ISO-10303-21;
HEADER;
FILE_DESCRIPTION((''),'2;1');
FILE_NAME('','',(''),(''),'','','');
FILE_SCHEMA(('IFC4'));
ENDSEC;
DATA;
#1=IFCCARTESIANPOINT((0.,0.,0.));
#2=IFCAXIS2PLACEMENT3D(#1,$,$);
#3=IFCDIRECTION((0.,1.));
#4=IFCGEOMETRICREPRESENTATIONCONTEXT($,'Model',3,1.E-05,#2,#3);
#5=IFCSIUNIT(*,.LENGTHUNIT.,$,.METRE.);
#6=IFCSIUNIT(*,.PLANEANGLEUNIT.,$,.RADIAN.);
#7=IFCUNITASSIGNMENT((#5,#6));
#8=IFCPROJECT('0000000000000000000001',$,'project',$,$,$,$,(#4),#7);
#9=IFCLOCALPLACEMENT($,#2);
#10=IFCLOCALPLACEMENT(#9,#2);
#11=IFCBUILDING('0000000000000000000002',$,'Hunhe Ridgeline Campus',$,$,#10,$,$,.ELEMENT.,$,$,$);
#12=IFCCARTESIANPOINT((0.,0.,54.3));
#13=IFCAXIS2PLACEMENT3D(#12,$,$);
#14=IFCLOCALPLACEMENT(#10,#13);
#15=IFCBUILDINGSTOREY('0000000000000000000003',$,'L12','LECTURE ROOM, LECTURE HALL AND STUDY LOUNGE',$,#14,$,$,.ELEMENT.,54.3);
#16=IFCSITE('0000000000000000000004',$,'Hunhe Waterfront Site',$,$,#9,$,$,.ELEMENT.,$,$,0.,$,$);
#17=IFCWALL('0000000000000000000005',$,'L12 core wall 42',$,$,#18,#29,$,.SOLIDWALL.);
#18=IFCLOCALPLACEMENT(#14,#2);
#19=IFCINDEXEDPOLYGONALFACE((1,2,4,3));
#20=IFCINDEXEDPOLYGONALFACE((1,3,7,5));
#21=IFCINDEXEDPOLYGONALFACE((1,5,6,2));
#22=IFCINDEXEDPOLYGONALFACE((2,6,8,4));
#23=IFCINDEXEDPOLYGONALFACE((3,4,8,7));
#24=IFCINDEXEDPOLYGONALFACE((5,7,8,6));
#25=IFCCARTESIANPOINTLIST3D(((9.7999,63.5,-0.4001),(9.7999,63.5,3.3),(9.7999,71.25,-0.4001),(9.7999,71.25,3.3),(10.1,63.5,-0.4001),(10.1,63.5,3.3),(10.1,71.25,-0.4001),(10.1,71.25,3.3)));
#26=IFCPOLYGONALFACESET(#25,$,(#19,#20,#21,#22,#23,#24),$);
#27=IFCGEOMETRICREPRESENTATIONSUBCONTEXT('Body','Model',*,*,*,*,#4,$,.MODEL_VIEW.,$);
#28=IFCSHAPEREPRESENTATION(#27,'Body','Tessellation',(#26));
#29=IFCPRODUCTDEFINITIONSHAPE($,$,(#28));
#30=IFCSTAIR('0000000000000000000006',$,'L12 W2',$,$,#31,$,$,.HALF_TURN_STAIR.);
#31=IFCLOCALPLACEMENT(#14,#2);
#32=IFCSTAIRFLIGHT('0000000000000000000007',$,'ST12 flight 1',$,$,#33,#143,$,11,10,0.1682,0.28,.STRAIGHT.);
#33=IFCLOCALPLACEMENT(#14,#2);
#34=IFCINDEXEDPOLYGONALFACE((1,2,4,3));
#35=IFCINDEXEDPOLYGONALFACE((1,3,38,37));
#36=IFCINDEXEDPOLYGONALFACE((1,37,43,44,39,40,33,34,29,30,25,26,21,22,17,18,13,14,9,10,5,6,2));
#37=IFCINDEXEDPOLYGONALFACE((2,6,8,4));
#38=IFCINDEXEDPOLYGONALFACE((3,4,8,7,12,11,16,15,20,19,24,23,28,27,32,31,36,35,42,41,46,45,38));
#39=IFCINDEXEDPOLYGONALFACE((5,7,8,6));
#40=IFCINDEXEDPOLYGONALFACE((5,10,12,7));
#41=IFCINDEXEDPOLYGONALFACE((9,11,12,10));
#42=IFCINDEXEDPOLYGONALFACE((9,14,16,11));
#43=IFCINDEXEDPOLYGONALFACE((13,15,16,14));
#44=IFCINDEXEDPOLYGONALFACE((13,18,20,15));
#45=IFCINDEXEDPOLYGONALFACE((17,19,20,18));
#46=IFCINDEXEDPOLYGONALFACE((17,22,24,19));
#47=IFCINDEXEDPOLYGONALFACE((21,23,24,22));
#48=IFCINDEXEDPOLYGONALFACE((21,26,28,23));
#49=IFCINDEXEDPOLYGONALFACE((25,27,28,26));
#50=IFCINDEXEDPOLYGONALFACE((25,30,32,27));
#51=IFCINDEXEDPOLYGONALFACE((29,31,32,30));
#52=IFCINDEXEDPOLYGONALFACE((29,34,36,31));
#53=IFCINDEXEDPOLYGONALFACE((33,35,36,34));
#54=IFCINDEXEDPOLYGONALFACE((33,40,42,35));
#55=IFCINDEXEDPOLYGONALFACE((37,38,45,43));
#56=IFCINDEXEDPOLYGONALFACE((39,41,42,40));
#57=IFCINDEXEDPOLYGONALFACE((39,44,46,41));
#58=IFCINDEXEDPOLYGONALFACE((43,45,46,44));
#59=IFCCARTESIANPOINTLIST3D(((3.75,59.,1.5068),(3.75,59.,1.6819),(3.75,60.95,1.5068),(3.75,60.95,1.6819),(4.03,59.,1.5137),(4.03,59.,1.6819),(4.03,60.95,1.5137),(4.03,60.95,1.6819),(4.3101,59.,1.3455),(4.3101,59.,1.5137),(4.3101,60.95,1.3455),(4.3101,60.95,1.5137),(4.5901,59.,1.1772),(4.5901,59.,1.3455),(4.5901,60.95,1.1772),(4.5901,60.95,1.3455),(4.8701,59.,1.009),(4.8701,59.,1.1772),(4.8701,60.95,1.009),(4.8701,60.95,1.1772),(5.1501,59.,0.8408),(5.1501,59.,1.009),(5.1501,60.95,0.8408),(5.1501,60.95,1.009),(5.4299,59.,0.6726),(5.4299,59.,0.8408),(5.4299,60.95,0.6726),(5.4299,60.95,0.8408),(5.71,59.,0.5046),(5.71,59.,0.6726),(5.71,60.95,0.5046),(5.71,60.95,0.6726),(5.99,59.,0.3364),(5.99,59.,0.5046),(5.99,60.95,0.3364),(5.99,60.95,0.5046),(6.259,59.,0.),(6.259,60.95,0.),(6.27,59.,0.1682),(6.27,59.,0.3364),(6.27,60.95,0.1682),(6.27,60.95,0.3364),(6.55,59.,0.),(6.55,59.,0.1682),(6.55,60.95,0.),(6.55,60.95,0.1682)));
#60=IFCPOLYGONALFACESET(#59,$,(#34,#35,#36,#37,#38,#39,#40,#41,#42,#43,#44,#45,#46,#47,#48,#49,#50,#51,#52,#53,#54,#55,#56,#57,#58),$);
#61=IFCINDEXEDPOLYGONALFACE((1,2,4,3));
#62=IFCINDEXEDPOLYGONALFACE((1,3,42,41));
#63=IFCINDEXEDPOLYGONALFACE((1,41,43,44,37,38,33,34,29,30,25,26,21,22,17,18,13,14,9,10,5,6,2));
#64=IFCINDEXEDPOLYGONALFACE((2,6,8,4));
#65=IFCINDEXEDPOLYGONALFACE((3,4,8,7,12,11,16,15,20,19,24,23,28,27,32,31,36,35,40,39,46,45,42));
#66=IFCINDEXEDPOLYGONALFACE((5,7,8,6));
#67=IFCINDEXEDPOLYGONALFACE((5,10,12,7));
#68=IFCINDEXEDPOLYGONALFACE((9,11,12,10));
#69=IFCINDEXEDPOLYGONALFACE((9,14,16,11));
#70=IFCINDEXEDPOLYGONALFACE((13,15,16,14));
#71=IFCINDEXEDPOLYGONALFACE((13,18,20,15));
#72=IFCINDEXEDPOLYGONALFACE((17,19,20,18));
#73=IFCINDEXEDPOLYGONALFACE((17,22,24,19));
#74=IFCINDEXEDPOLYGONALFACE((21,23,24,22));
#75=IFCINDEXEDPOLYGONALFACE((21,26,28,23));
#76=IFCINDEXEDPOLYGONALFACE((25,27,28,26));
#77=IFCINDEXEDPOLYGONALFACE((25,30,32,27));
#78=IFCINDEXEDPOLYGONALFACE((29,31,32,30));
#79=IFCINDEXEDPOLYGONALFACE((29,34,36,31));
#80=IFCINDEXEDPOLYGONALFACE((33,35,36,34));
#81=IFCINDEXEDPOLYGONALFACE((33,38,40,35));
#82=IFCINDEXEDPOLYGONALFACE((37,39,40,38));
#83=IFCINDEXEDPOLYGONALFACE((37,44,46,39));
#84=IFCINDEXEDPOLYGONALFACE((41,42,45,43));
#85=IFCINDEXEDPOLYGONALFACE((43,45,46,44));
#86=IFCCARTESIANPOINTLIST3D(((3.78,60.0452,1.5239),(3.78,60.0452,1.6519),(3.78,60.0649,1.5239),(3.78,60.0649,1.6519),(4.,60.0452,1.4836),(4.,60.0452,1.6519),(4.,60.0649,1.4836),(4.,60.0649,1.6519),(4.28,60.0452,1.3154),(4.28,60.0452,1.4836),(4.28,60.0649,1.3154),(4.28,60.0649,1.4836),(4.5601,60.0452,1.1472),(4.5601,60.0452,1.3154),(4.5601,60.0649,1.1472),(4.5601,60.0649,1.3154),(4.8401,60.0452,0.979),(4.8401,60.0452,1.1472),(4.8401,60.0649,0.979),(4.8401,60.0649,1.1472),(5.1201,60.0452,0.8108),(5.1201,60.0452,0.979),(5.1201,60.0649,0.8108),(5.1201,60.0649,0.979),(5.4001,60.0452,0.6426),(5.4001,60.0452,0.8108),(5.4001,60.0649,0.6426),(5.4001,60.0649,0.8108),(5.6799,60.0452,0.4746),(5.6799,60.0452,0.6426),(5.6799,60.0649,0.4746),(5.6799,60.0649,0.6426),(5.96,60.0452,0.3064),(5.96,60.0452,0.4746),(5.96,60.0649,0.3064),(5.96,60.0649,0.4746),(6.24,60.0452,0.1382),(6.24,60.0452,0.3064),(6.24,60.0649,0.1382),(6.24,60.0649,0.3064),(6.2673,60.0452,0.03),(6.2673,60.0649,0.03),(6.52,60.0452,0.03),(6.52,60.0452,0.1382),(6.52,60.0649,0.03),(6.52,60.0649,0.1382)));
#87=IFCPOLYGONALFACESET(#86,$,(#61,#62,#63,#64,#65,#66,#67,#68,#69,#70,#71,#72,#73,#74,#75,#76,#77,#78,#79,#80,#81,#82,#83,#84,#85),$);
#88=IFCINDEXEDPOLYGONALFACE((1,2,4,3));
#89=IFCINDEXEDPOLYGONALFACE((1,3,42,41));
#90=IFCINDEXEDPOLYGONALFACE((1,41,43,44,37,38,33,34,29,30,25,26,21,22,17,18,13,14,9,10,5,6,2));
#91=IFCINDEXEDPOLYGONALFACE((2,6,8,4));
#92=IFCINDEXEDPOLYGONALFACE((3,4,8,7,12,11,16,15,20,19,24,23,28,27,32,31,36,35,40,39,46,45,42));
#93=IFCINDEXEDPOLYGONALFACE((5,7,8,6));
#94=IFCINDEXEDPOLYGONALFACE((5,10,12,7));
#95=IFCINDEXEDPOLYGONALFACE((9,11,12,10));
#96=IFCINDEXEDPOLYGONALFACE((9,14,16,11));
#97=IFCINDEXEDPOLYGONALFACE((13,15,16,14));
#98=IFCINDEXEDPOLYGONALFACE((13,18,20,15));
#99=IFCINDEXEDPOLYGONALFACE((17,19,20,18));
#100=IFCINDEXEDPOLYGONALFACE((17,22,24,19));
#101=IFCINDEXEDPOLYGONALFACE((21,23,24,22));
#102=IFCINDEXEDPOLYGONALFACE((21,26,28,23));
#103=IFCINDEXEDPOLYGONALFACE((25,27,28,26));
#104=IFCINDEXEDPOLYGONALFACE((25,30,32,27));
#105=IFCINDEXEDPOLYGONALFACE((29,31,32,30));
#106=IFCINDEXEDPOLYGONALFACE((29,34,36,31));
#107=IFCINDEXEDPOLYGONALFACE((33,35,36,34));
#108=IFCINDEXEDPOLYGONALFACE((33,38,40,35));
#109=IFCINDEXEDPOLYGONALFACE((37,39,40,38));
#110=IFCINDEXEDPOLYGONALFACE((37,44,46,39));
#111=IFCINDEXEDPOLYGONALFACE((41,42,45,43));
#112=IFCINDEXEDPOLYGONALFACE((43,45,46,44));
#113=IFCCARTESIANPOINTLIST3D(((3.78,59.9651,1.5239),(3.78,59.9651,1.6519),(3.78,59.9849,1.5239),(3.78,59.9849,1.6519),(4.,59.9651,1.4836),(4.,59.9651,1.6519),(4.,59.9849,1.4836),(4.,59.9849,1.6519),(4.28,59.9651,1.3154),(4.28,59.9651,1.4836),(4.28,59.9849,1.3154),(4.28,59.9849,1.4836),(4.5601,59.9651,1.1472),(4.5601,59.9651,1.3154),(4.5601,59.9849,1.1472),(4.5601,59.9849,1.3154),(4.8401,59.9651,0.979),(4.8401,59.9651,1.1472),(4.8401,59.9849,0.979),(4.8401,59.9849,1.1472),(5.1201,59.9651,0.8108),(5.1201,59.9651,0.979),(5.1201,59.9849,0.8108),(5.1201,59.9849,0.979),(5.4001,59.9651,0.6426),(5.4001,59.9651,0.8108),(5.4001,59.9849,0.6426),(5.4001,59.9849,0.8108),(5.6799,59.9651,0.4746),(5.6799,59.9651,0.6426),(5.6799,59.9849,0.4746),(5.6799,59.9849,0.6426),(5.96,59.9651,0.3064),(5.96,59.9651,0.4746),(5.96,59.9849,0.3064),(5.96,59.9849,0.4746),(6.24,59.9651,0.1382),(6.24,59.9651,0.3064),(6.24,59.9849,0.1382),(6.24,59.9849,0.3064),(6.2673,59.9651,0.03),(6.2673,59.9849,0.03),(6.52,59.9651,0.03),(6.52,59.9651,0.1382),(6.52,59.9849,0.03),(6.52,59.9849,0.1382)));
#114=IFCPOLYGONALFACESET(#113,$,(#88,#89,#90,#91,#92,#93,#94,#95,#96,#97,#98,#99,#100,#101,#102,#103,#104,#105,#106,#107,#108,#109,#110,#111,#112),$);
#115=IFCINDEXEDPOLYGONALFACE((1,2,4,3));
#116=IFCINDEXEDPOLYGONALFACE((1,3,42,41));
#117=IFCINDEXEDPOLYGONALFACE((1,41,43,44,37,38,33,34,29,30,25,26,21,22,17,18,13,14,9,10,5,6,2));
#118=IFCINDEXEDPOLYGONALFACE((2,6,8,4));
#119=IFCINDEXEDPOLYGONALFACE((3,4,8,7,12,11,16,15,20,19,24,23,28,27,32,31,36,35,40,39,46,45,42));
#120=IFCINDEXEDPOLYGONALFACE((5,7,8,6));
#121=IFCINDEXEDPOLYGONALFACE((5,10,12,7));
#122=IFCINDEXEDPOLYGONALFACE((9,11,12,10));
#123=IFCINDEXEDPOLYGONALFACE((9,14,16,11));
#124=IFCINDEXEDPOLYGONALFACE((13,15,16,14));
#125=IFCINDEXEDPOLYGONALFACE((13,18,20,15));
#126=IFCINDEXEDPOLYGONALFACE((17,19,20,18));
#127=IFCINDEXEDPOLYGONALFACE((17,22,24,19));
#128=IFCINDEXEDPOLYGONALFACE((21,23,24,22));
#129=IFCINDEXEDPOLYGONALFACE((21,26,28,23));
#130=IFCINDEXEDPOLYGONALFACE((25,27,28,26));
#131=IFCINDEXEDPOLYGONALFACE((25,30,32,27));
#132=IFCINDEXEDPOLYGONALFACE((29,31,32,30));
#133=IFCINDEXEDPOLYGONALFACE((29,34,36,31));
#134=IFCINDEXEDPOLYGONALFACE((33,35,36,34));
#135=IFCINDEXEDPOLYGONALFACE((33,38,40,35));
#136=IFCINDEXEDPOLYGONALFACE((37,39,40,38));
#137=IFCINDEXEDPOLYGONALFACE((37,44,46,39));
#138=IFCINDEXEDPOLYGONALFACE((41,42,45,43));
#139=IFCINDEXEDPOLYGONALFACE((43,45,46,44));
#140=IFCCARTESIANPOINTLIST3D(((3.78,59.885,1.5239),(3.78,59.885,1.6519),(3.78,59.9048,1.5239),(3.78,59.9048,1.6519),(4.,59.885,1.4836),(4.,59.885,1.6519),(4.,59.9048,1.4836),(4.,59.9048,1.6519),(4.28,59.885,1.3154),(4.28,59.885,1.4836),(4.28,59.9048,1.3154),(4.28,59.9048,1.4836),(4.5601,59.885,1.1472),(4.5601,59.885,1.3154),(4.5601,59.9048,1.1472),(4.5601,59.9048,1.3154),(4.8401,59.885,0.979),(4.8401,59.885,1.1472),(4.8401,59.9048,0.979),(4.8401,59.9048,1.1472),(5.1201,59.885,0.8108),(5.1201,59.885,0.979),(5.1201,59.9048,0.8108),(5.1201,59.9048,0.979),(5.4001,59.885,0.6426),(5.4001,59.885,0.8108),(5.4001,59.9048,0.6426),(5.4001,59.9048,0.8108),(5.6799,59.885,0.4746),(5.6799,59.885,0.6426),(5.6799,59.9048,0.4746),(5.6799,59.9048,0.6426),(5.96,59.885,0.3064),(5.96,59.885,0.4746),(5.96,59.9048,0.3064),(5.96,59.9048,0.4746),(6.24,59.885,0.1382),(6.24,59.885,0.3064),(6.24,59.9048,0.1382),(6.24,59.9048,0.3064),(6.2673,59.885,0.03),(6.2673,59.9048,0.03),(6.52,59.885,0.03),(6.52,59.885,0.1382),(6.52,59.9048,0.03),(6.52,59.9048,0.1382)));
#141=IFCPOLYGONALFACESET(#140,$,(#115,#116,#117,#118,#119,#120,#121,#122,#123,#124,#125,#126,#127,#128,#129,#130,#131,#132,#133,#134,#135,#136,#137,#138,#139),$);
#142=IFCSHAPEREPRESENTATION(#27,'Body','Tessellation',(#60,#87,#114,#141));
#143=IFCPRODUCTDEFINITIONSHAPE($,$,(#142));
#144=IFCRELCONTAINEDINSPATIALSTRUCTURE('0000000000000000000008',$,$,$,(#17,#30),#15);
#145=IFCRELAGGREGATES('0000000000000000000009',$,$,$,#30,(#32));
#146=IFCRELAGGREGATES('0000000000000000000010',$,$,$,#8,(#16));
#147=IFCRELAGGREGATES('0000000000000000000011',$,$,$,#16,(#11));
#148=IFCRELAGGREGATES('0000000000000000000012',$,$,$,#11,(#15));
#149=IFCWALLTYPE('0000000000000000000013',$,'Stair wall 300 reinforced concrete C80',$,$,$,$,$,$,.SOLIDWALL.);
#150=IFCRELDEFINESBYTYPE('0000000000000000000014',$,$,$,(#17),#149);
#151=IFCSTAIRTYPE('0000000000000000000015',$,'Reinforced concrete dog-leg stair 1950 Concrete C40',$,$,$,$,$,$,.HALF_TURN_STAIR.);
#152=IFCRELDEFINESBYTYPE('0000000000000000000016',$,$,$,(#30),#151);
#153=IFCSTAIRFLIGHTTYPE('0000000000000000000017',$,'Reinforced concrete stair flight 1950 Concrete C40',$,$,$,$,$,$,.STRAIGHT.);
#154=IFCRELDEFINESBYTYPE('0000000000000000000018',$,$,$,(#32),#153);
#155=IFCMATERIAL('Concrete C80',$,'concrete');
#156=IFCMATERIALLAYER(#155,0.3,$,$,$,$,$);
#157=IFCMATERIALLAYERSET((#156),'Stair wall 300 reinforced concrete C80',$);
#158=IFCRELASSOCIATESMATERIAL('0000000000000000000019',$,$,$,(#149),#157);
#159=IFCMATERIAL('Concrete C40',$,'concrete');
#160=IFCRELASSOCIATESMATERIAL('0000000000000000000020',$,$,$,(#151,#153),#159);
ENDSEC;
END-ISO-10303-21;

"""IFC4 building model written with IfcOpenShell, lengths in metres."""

from ifc_helpers import new_model, si_unit, direction, frame, frame_2d, origin, place, context, subcontext, project, spatial, polyline, rectangle, outline, extrude, material, layer, layer_set, type_object, element, aggregate, save


model = new_model("IFC4")

# Units and contexts
model_context = context("Model", 3, precision=1e-05, world=origin(), true_north=direction((0.0, 1.0)))
body_context = subcontext(model_context, "Body", "Model", "MODEL_VIEW")
ifc_project = project(units=[si_unit("LENGTHUNIT", "METRE"), si_unit("PLANEANGLEUNIT", "RADIAN")], contexts=[model_context])

# Site, building, storey
site_placement = place(None, origin())
site = spatial("IfcSite", under=ifc_project, at=site_placement, Name="Hunhe Waterfront Site", CompositionType="ELEMENT", RefElevation=0.0)
building_placement = place(site_placement, origin())
building = spatial("IfcBuilding", under=site, at=building_placement, Name="Hunhe Ridgeline Campus", CompositionType="ELEMENT")
storey_placement = place(building_placement, frame((0.0, 0.0, 54.3)))
storey = spatial("IfcBuildingStorey", under=building, at=storey_placement, Name="L12", Description="LECTURE ROOM, LECTURE HALL AND STUDY LOUNGE", CompositionType="ELEMENT", Elevation=54.3)

# Shared definitions
ifc_material_1 = material(Name="Concrete C80", Category="concrete")

# Shared definitions
ifc_layer_1 = layer(ifc_material_1, 0.3)
ifc_layer_set_1 = layer_set([ifc_layer_1], Name="Stair wall 300 reinforced concrete C80")
wall_type_1 = type_object("IfcWallType", Name="Stair wall 300 reinforced concrete C80", PredefinedType="SOLIDWALL", material=ifc_layer_set_1)

# Wall
wall_1_placement = place(storey_placement, frame((9.95, 63.5, -0.4001), z_axis=(0.0, 0.0, 1.0), x_axis=(0.0, 1.0, 0.0)))
element("IfcWall", 1, at=wall_1_placement, inside=storey, type_object=wall_type_1, Name="L12 core wall 42", PredefinedType="SOLIDWALL", context=body_context, shape_type="SweptSolid", body=[
    extrude(rectangle(XDim=7.75, YDim=0.3, at=frame_2d((3.875, 0.0))), origin(), (0.0, 0.0, 1.0), 3.7002),
])

# Stair, stair flight
ifc_material_2 = material(Name="Concrete C40", Category="concrete")
stair_type = type_object("IfcStairType", Name="Reinforced concrete dog-leg stair 1950 Concrete C40", PredefinedType="HALF_TURN_STAIR", material=ifc_material_2)
stair_placement = place(storey_placement, origin())
stair = element("IfcStair", 2, at=stair_placement, inside=storey, type_object=stair_type, Name="L12 W2", PredefinedType="HALF_TURN_STAIR")
stair_flight_type = type_object("IfcStairFlightType", Name="Reinforced concrete stair flight 1950 Concrete C40", PredefinedType="STRAIGHT", material=ifc_material_2)
stair_flight_1_placement = place(storey_placement, frame((6.55, 59.9751, 0.0), z_axis=(0.0, 0.0, 1.0), x_axis=(-1.0, 0.0, 0.0)))
stair_flight_1 = element("IfcStairFlight", 3, at=stair_flight_1_placement, type_object=stair_flight_type, Name="ST12 flight 1", NumberOfRisers=11, NumberOfTreads=10, PredefinedType="STRAIGHT", RiserHeight=0.1682, TreadLength=0.28, context=body_context, shape_type="SweptSolid", body=[
    extrude(outline(polyline([(0.0, 0.0), (0.0, 0.1682), (0.28, 0.1682), (0.28, 0.3364), (0.5601, 0.3364), (0.5601, 0.5046), (0.8401, 0.5046), (0.8401, 0.6726), (1.1201, 0.6726), (1.1201, 0.8408), (1.3999, 0.8408), (1.3999, 1.009), (1.6799, 1.009), (1.6799, 1.1772), (1.96, 1.1772), (1.96, 1.3455), (2.24, 1.3455), (2.24, 1.5137), (2.52, 1.5137), (2.52, 1.6819), (2.8, 1.6819), (2.8, 1.8501), (2.8, 1.5068), (0.291, 0.0), (0.0, 0.0)])), frame((0.0, 0.9751, 0.0), z_axis=(0.0, -1.0, 0.0), x_axis=(1.0, 0.0, 0.0)), (0.0, 0.0, 1.0), 1.95),
    extrude(outline(polyline([(0.03, 0.03), (0.03, 0.1382), (0.3101, 0.1382), (0.3101, 0.3064), (0.5901, 0.3064), (0.5901, 0.4746), (0.8701, 0.4746), (0.8701, 0.6426), (1.1499, 0.6426), (1.1499, 0.8108), (1.4299, 0.8108), (1.4299, 0.979), (1.71, 0.979), (1.71, 1.1472), (1.99, 1.1472), (1.99, 1.3154), (2.27, 1.3154), (2.27, 1.4836), (2.55, 1.4836), (2.55, 1.6519), (2.77, 1.6519), (2.77, 1.5239), (0.2827, 0.03), (0.03, 0.03)])), frame((0.0, -0.0701, 0.0), z_axis=(0.0, -1.0, 0.0), x_axis=(1.0, 0.0, 0.0)), (0.0, 0.0, 1.0), 0.0198),
    extrude(outline(polyline([(0.03, 0.03), (0.03, 0.1382), (0.3101, 0.1382), (0.3101, 0.3064), (0.5901, 0.3064), (0.5901, 0.4746), (0.8701, 0.4746), (0.8701, 0.6426), (1.1499, 0.6426), (1.1499, 0.8108), (1.4299, 0.8108), (1.4299, 0.979), (1.71, 0.979), (1.71, 1.1472), (1.99, 1.1472), (1.99, 1.3154), (2.27, 1.3154), (2.27, 1.4836), (2.55, 1.4836), (2.55, 1.6519), (2.77, 1.6519), (2.77, 1.5239), (0.2827, 0.03), (0.03, 0.03)])), frame((0.0, 0.01, 0.0), z_axis=(0.0, -1.0, 0.0), x_axis=(1.0, 0.0, 0.0)), (0.0, 0.0, 1.0), 0.0198),
    extrude(outline(polyline([(0.03, 0.03), (0.03, 0.1382), (0.3101, 0.1382), (0.3101, 0.3064), (0.5901, 0.3064), (0.5901, 0.4746), (0.8701, 0.4746), (0.8701, 0.6426), (1.1499, 0.6426), (1.1499, 0.8108), (1.4299, 0.8108), (1.4299, 0.979), (1.71, 0.979), (1.71, 1.1472), (1.99, 1.1472), (1.99, 1.3154), (2.27, 1.3154), (2.27, 1.4836), (2.55, 1.4836), (2.55, 1.6519), (2.77, 1.6519), (2.77, 1.5239), (0.2827, 0.03), (0.03, 0.03)])), frame((0.0, 0.0901, 0.0), z_axis=(0.0, -1.0, 0.0), x_axis=(1.0, 0.0, 0.0)), (0.0, 0.0, 1.0), 0.0198),
])
aggregate(stair, [stair_flight_1])

save(model, "model.ifc")
